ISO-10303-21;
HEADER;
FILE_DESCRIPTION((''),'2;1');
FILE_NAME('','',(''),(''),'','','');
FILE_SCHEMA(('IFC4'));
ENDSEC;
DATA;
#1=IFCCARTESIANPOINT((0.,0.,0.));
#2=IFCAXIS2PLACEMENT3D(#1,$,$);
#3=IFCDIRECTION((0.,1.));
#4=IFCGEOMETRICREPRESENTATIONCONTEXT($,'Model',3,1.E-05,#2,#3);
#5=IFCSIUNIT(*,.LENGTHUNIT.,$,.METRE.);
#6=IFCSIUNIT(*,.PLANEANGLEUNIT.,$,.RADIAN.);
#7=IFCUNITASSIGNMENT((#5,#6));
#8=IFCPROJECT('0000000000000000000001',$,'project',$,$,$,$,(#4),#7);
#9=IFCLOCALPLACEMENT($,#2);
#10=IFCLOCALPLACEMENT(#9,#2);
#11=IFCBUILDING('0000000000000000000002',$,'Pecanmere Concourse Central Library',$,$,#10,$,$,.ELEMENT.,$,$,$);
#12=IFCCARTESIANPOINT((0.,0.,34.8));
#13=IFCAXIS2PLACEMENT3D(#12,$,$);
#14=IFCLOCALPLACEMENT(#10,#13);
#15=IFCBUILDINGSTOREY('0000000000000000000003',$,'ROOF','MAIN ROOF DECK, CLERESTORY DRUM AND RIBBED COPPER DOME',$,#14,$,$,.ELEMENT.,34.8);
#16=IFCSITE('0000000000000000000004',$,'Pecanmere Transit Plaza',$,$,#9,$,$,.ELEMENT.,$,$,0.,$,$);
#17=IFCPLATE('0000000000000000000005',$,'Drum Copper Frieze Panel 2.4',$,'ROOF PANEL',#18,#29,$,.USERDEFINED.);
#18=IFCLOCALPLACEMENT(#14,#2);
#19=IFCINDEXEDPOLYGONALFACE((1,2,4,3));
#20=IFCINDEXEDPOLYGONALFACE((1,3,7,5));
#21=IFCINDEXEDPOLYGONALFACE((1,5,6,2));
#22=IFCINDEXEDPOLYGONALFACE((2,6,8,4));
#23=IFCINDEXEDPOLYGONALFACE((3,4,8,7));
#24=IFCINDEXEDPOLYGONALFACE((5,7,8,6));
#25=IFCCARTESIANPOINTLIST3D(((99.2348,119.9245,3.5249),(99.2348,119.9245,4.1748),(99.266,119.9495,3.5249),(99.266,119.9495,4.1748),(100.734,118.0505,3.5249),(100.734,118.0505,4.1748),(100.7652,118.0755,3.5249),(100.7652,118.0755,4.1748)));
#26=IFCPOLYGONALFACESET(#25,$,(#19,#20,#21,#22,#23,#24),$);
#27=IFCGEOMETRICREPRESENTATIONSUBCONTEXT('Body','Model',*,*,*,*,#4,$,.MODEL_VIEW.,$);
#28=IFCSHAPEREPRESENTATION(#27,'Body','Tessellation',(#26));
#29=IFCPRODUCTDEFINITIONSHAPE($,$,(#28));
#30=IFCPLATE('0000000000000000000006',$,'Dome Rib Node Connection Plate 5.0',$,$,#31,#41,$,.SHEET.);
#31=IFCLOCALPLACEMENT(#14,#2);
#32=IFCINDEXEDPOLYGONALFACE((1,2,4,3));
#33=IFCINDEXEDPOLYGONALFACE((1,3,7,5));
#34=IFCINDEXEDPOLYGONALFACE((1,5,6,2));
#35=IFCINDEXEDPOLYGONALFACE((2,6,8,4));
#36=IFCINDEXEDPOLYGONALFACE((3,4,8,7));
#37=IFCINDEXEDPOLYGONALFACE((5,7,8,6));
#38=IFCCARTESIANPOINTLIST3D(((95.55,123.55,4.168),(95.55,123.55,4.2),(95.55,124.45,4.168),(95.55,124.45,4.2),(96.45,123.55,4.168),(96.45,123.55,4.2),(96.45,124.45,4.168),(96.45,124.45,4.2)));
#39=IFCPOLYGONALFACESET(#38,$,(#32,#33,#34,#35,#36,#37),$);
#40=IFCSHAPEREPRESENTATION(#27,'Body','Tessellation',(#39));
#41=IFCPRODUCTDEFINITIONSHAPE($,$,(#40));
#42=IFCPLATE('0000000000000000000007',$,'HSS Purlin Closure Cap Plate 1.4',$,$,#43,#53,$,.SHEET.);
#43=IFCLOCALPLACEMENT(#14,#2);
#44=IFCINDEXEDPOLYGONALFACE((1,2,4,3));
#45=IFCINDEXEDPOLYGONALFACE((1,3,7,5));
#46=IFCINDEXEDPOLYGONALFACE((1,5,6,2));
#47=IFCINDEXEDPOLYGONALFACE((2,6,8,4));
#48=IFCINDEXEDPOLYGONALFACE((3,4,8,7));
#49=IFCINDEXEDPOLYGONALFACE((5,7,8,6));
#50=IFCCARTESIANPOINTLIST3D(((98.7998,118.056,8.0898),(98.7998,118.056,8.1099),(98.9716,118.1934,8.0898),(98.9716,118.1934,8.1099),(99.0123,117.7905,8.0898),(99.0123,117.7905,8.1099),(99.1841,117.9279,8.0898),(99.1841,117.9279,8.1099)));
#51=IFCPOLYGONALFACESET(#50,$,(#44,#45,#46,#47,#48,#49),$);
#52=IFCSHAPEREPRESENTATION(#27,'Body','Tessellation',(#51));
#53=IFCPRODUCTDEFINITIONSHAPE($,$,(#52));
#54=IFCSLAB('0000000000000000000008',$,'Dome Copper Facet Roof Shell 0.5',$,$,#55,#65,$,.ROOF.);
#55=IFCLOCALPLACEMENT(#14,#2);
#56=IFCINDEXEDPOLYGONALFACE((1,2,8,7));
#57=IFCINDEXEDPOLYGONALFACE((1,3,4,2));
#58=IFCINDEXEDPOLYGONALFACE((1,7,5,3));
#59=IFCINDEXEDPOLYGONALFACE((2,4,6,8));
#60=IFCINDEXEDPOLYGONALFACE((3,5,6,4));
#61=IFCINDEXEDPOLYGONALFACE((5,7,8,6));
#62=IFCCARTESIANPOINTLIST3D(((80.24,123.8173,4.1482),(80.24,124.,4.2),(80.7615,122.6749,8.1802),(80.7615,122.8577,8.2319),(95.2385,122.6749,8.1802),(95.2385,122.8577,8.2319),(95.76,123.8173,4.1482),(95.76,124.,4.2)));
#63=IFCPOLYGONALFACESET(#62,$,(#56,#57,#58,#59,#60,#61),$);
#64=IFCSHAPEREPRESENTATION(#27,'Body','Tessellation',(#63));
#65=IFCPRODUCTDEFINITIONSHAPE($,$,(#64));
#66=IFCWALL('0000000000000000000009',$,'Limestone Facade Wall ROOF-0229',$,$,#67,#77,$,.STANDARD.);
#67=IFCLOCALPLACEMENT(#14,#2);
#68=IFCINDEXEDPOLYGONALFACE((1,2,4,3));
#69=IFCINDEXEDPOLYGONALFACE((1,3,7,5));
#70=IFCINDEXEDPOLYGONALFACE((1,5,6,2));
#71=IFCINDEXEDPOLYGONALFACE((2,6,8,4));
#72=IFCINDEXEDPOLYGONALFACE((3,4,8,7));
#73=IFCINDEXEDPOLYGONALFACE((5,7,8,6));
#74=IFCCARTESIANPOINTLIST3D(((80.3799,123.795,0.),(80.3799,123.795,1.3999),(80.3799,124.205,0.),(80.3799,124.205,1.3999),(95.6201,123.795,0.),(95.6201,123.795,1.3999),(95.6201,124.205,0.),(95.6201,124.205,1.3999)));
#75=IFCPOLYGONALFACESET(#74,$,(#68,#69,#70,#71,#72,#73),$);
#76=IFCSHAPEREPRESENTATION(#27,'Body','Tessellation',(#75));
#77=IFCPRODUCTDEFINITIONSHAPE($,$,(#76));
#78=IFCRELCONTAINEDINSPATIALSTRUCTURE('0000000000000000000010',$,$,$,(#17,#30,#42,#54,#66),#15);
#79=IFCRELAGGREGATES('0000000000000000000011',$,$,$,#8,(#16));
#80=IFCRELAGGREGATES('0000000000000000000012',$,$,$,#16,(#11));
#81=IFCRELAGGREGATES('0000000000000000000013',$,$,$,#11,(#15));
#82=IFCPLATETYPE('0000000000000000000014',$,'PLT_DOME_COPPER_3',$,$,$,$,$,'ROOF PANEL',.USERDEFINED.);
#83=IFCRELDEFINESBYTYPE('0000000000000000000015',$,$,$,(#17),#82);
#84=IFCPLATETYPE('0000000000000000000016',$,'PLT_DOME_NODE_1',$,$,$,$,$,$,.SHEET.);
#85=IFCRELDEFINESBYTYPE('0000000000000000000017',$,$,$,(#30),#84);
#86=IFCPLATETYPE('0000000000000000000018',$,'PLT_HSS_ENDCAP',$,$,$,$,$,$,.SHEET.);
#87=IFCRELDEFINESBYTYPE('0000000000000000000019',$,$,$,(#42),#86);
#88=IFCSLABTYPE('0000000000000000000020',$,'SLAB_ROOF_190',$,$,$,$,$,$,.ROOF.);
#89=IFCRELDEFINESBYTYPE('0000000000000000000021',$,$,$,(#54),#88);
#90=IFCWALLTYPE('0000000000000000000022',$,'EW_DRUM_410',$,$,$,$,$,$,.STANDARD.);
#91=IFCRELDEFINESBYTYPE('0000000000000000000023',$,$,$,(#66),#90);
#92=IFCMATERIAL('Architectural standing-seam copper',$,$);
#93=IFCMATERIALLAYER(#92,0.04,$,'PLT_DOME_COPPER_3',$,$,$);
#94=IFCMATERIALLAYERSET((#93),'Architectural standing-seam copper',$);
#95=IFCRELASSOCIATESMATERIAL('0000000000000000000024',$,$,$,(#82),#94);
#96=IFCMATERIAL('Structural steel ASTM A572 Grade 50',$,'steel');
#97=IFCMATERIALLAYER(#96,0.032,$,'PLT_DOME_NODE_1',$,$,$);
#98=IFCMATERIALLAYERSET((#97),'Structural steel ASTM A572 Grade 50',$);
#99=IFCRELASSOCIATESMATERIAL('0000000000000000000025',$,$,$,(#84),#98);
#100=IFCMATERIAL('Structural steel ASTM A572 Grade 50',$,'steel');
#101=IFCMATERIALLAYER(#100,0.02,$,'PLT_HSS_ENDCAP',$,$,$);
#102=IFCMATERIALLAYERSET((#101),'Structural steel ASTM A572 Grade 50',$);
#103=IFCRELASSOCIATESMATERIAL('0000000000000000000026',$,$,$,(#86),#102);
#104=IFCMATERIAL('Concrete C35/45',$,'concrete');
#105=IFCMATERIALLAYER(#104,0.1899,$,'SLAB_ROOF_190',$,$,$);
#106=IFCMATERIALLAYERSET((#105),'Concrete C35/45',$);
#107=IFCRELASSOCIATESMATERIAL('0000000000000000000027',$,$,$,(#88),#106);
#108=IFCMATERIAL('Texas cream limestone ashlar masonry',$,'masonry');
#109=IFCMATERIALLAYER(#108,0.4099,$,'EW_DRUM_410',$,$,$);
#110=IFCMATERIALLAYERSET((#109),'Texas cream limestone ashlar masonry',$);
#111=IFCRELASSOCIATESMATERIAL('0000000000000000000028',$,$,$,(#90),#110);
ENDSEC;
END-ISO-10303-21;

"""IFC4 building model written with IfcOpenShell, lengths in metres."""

from ifc_helpers import new_model, si_unit, direction, frame, frame_2d, origin, origin_2d, place, context, subcontext, project, spatial, polyline, rectangle, outline, extrude, material, layer, layer_set, type_object, element, save


model = new_model("IFC4")

# Units and contexts
model_context = context("Model", 3, precision=1e-05, world=origin(), true_north=direction((0.0, 1.0)))
body_context = subcontext(model_context, "Body", "Model", "MODEL_VIEW")
ifc_project = project(units=[si_unit("LENGTHUNIT", "METRE"), si_unit("PLANEANGLEUNIT", "RADIAN")], contexts=[model_context])

# Site, building, storey
site_placement = place(None, origin())
site = spatial("IfcSite", under=ifc_project, at=site_placement, Name="Pecanmere Transit Plaza", CompositionType="ELEMENT", RefElevation=0.0)
building_placement = place(site_placement, origin())
building = spatial("IfcBuilding", under=site, at=building_placement, Name="Pecanmere Concourse Central Library", CompositionType="ELEMENT")
storey_placement = place(building_placement, frame((0.0, 0.0, 34.8)))
storey = spatial("IfcBuildingStorey", under=building, at=storey_placement, Name="ROOF", Description="MAIN ROOF DECK, CLERESTORY DRUM AND RIBBED COPPER DOME", CompositionType="ELEMENT", Elevation=34.8)

# Plates
ifc_material_1 = material(Name="Architectural standing-seam copper")
ifc_layer_1 = layer(ifc_material_1, 0.04, Name="PLT_DOME_COPPER_3")
ifc_layer_set_1 = layer_set([ifc_layer_1], Name="Architectural standing-seam copper")
plate_type_1 = type_object("IfcPlateType", Name="PLT_DOME_COPPER_3", ElementType="ROOF PANEL", PredefinedType="USERDEFINED", material=ifc_layer_set_1)
plate_1_placement = place(storey_placement, frame((100.0, 119.0, 3.5249), z_axis=(0.0, 0.0, 1.0), x_axis=(-0.624698, 0.780867, 0.0)))
element("IfcPlate", 1, at=plate_1_placement, inside=storey, type_object=plate_type_1, Name="Drum Copper Frieze Panel 2.4", ObjectType="ROOF PANEL", PredefinedType="USERDEFINED", context=body_context, shape_type="SweptSolid", body=[
    extrude(rectangle(XDim=2.3999, YDim=0.04, at=origin_2d()), origin(), (0.0, 0.0, 1.0), 0.6499),
])
ifc_material_2 = material(Name="Structural steel ASTM A572 Grade 50", Category="steel")
ifc_layer_2 = layer(ifc_material_2, 0.032, Name="PLT_DOME_NODE_1")
ifc_layer_set_2 = layer_set([ifc_layer_2], Name="Structural steel ASTM A572 Grade 50")
plate_type_2 = type_object("IfcPlateType", Name="PLT_DOME_NODE_1", PredefinedType="SHEET", material=ifc_layer_set_2)
plate_2_placement = place(storey_placement, frame((96.0, 124.0, 4.168), z_axis=(0.0, 0.0, 1.0), x_axis=(1.0, 0.0, 0.0)))
element("IfcPlate", 2, at=plate_2_placement, inside=storey, type_object=plate_type_2, Name="Dome Rib Node Connection Plate 5.0", PredefinedType="SHEET", context=body_context, shape_type="SweptSolid", body=[
    extrude(rectangle(XDim=0.8999, YDim=0.8999, at=origin_2d()), origin(), (0.0, 0.0, 1.0), 0.032),
])
ifc_material_3 = material(Name="Structural steel ASTM A572 Grade 50", Category="steel")
ifc_layer_3 = layer(ifc_material_3, 0.02, Name="PLT_HSS_ENDCAP")
ifc_layer_set_3 = layer_set([ifc_layer_3], Name="Structural steel ASTM A572 Grade 50")
plate_type_3 = type_object("IfcPlateType", Name="PLT_HSS_ENDCAP", PredefinedType="SHEET", material=ifc_layer_set_3)
plate_3_placement = place(storey_placement, frame((98.9919, 117.9919, 8.0898), z_axis=(0.0, 0.0, 1.0), x_axis=(-0.624698, 0.780867, 0.0)))
element("IfcPlate", 3, at=plate_3_placement, inside=storey, type_object=plate_type_3, Name="HSS Purlin Closure Cap Plate 1.4", PredefinedType="SHEET", context=body_context, shape_type="SweptSolid", body=[
    extrude(rectangle(XDim=0.3401, YDim=0.22, at=origin_2d()), origin(), (0.0, 0.0, 1.0), 0.02),
])

# Slab
ifc_material_4 = material(Name="Concrete C35/45", Category="concrete")
ifc_layer_4 = layer(ifc_material_4, 0.1899, Name="SLAB_ROOF_190")
ifc_layer_set_4 = layer_set([ifc_layer_4], Name="Concrete C35/45")
slab_type = type_object("IfcSlabType", Name="SLAB_ROOF_190", PredefinedType="ROOF", material=ifc_layer_set_4)
slab_placement = place(storey_placement, frame((95.76, 124.0, 4.2), z_axis=(0.0, 0.962131, 0.272589), x_axis=(-1.0, 0.0, 0.0)))
element("IfcSlab", 4, at=slab_placement, inside=storey, type_object=slab_type, Name="Dome Copper Facet Roof Shell 0.5", PredefinedType="ROOF", context=body_context, shape_type="SweptSolid", body=[
    extrude(outline(polyline([(0.0, 0.0), (15.52, 0.0), (14.9985, 4.1907), (0.5215, 4.1907), (0.0, 0.0)])), origin(), (0.0, 0.0, -1.0), 0.1899),
])

# Wall
ifc_material_5 = material(Name="Texas cream limestone ashlar masonry", Category="masonry")
ifc_layer_5 = layer(ifc_material_5, 0.4099, Name="EW_DRUM_410")
ifc_layer_set_5 = layer_set([ifc_layer_5], Name="Texas cream limestone ashlar masonry")
wall_type = type_object("IfcWallType", Name="EW_DRUM_410", PredefinedType="STANDARD", material=ifc_layer_set_5)
wall_placement = place(storey_placement, frame((95.6201, 124.0, 0.0), z_axis=(0.0, 0.0, 1.0), x_axis=(-1.0, 0.0, 0.0)))
element("IfcWall", 5, at=wall_placement, inside=storey, type_object=wall_type, Name="Limestone Facade Wall ROOF-0229", PredefinedType="STANDARD", context=body_context, shape_type="SweptSolid", body=[
    extrude(rectangle(XDim=15.2402, YDim=0.4099, at=frame_2d((7.6201, 0.0))), origin(), (0.0, 0.0, 1.0), 1.3999),
])

save(model, "model.ifc")
